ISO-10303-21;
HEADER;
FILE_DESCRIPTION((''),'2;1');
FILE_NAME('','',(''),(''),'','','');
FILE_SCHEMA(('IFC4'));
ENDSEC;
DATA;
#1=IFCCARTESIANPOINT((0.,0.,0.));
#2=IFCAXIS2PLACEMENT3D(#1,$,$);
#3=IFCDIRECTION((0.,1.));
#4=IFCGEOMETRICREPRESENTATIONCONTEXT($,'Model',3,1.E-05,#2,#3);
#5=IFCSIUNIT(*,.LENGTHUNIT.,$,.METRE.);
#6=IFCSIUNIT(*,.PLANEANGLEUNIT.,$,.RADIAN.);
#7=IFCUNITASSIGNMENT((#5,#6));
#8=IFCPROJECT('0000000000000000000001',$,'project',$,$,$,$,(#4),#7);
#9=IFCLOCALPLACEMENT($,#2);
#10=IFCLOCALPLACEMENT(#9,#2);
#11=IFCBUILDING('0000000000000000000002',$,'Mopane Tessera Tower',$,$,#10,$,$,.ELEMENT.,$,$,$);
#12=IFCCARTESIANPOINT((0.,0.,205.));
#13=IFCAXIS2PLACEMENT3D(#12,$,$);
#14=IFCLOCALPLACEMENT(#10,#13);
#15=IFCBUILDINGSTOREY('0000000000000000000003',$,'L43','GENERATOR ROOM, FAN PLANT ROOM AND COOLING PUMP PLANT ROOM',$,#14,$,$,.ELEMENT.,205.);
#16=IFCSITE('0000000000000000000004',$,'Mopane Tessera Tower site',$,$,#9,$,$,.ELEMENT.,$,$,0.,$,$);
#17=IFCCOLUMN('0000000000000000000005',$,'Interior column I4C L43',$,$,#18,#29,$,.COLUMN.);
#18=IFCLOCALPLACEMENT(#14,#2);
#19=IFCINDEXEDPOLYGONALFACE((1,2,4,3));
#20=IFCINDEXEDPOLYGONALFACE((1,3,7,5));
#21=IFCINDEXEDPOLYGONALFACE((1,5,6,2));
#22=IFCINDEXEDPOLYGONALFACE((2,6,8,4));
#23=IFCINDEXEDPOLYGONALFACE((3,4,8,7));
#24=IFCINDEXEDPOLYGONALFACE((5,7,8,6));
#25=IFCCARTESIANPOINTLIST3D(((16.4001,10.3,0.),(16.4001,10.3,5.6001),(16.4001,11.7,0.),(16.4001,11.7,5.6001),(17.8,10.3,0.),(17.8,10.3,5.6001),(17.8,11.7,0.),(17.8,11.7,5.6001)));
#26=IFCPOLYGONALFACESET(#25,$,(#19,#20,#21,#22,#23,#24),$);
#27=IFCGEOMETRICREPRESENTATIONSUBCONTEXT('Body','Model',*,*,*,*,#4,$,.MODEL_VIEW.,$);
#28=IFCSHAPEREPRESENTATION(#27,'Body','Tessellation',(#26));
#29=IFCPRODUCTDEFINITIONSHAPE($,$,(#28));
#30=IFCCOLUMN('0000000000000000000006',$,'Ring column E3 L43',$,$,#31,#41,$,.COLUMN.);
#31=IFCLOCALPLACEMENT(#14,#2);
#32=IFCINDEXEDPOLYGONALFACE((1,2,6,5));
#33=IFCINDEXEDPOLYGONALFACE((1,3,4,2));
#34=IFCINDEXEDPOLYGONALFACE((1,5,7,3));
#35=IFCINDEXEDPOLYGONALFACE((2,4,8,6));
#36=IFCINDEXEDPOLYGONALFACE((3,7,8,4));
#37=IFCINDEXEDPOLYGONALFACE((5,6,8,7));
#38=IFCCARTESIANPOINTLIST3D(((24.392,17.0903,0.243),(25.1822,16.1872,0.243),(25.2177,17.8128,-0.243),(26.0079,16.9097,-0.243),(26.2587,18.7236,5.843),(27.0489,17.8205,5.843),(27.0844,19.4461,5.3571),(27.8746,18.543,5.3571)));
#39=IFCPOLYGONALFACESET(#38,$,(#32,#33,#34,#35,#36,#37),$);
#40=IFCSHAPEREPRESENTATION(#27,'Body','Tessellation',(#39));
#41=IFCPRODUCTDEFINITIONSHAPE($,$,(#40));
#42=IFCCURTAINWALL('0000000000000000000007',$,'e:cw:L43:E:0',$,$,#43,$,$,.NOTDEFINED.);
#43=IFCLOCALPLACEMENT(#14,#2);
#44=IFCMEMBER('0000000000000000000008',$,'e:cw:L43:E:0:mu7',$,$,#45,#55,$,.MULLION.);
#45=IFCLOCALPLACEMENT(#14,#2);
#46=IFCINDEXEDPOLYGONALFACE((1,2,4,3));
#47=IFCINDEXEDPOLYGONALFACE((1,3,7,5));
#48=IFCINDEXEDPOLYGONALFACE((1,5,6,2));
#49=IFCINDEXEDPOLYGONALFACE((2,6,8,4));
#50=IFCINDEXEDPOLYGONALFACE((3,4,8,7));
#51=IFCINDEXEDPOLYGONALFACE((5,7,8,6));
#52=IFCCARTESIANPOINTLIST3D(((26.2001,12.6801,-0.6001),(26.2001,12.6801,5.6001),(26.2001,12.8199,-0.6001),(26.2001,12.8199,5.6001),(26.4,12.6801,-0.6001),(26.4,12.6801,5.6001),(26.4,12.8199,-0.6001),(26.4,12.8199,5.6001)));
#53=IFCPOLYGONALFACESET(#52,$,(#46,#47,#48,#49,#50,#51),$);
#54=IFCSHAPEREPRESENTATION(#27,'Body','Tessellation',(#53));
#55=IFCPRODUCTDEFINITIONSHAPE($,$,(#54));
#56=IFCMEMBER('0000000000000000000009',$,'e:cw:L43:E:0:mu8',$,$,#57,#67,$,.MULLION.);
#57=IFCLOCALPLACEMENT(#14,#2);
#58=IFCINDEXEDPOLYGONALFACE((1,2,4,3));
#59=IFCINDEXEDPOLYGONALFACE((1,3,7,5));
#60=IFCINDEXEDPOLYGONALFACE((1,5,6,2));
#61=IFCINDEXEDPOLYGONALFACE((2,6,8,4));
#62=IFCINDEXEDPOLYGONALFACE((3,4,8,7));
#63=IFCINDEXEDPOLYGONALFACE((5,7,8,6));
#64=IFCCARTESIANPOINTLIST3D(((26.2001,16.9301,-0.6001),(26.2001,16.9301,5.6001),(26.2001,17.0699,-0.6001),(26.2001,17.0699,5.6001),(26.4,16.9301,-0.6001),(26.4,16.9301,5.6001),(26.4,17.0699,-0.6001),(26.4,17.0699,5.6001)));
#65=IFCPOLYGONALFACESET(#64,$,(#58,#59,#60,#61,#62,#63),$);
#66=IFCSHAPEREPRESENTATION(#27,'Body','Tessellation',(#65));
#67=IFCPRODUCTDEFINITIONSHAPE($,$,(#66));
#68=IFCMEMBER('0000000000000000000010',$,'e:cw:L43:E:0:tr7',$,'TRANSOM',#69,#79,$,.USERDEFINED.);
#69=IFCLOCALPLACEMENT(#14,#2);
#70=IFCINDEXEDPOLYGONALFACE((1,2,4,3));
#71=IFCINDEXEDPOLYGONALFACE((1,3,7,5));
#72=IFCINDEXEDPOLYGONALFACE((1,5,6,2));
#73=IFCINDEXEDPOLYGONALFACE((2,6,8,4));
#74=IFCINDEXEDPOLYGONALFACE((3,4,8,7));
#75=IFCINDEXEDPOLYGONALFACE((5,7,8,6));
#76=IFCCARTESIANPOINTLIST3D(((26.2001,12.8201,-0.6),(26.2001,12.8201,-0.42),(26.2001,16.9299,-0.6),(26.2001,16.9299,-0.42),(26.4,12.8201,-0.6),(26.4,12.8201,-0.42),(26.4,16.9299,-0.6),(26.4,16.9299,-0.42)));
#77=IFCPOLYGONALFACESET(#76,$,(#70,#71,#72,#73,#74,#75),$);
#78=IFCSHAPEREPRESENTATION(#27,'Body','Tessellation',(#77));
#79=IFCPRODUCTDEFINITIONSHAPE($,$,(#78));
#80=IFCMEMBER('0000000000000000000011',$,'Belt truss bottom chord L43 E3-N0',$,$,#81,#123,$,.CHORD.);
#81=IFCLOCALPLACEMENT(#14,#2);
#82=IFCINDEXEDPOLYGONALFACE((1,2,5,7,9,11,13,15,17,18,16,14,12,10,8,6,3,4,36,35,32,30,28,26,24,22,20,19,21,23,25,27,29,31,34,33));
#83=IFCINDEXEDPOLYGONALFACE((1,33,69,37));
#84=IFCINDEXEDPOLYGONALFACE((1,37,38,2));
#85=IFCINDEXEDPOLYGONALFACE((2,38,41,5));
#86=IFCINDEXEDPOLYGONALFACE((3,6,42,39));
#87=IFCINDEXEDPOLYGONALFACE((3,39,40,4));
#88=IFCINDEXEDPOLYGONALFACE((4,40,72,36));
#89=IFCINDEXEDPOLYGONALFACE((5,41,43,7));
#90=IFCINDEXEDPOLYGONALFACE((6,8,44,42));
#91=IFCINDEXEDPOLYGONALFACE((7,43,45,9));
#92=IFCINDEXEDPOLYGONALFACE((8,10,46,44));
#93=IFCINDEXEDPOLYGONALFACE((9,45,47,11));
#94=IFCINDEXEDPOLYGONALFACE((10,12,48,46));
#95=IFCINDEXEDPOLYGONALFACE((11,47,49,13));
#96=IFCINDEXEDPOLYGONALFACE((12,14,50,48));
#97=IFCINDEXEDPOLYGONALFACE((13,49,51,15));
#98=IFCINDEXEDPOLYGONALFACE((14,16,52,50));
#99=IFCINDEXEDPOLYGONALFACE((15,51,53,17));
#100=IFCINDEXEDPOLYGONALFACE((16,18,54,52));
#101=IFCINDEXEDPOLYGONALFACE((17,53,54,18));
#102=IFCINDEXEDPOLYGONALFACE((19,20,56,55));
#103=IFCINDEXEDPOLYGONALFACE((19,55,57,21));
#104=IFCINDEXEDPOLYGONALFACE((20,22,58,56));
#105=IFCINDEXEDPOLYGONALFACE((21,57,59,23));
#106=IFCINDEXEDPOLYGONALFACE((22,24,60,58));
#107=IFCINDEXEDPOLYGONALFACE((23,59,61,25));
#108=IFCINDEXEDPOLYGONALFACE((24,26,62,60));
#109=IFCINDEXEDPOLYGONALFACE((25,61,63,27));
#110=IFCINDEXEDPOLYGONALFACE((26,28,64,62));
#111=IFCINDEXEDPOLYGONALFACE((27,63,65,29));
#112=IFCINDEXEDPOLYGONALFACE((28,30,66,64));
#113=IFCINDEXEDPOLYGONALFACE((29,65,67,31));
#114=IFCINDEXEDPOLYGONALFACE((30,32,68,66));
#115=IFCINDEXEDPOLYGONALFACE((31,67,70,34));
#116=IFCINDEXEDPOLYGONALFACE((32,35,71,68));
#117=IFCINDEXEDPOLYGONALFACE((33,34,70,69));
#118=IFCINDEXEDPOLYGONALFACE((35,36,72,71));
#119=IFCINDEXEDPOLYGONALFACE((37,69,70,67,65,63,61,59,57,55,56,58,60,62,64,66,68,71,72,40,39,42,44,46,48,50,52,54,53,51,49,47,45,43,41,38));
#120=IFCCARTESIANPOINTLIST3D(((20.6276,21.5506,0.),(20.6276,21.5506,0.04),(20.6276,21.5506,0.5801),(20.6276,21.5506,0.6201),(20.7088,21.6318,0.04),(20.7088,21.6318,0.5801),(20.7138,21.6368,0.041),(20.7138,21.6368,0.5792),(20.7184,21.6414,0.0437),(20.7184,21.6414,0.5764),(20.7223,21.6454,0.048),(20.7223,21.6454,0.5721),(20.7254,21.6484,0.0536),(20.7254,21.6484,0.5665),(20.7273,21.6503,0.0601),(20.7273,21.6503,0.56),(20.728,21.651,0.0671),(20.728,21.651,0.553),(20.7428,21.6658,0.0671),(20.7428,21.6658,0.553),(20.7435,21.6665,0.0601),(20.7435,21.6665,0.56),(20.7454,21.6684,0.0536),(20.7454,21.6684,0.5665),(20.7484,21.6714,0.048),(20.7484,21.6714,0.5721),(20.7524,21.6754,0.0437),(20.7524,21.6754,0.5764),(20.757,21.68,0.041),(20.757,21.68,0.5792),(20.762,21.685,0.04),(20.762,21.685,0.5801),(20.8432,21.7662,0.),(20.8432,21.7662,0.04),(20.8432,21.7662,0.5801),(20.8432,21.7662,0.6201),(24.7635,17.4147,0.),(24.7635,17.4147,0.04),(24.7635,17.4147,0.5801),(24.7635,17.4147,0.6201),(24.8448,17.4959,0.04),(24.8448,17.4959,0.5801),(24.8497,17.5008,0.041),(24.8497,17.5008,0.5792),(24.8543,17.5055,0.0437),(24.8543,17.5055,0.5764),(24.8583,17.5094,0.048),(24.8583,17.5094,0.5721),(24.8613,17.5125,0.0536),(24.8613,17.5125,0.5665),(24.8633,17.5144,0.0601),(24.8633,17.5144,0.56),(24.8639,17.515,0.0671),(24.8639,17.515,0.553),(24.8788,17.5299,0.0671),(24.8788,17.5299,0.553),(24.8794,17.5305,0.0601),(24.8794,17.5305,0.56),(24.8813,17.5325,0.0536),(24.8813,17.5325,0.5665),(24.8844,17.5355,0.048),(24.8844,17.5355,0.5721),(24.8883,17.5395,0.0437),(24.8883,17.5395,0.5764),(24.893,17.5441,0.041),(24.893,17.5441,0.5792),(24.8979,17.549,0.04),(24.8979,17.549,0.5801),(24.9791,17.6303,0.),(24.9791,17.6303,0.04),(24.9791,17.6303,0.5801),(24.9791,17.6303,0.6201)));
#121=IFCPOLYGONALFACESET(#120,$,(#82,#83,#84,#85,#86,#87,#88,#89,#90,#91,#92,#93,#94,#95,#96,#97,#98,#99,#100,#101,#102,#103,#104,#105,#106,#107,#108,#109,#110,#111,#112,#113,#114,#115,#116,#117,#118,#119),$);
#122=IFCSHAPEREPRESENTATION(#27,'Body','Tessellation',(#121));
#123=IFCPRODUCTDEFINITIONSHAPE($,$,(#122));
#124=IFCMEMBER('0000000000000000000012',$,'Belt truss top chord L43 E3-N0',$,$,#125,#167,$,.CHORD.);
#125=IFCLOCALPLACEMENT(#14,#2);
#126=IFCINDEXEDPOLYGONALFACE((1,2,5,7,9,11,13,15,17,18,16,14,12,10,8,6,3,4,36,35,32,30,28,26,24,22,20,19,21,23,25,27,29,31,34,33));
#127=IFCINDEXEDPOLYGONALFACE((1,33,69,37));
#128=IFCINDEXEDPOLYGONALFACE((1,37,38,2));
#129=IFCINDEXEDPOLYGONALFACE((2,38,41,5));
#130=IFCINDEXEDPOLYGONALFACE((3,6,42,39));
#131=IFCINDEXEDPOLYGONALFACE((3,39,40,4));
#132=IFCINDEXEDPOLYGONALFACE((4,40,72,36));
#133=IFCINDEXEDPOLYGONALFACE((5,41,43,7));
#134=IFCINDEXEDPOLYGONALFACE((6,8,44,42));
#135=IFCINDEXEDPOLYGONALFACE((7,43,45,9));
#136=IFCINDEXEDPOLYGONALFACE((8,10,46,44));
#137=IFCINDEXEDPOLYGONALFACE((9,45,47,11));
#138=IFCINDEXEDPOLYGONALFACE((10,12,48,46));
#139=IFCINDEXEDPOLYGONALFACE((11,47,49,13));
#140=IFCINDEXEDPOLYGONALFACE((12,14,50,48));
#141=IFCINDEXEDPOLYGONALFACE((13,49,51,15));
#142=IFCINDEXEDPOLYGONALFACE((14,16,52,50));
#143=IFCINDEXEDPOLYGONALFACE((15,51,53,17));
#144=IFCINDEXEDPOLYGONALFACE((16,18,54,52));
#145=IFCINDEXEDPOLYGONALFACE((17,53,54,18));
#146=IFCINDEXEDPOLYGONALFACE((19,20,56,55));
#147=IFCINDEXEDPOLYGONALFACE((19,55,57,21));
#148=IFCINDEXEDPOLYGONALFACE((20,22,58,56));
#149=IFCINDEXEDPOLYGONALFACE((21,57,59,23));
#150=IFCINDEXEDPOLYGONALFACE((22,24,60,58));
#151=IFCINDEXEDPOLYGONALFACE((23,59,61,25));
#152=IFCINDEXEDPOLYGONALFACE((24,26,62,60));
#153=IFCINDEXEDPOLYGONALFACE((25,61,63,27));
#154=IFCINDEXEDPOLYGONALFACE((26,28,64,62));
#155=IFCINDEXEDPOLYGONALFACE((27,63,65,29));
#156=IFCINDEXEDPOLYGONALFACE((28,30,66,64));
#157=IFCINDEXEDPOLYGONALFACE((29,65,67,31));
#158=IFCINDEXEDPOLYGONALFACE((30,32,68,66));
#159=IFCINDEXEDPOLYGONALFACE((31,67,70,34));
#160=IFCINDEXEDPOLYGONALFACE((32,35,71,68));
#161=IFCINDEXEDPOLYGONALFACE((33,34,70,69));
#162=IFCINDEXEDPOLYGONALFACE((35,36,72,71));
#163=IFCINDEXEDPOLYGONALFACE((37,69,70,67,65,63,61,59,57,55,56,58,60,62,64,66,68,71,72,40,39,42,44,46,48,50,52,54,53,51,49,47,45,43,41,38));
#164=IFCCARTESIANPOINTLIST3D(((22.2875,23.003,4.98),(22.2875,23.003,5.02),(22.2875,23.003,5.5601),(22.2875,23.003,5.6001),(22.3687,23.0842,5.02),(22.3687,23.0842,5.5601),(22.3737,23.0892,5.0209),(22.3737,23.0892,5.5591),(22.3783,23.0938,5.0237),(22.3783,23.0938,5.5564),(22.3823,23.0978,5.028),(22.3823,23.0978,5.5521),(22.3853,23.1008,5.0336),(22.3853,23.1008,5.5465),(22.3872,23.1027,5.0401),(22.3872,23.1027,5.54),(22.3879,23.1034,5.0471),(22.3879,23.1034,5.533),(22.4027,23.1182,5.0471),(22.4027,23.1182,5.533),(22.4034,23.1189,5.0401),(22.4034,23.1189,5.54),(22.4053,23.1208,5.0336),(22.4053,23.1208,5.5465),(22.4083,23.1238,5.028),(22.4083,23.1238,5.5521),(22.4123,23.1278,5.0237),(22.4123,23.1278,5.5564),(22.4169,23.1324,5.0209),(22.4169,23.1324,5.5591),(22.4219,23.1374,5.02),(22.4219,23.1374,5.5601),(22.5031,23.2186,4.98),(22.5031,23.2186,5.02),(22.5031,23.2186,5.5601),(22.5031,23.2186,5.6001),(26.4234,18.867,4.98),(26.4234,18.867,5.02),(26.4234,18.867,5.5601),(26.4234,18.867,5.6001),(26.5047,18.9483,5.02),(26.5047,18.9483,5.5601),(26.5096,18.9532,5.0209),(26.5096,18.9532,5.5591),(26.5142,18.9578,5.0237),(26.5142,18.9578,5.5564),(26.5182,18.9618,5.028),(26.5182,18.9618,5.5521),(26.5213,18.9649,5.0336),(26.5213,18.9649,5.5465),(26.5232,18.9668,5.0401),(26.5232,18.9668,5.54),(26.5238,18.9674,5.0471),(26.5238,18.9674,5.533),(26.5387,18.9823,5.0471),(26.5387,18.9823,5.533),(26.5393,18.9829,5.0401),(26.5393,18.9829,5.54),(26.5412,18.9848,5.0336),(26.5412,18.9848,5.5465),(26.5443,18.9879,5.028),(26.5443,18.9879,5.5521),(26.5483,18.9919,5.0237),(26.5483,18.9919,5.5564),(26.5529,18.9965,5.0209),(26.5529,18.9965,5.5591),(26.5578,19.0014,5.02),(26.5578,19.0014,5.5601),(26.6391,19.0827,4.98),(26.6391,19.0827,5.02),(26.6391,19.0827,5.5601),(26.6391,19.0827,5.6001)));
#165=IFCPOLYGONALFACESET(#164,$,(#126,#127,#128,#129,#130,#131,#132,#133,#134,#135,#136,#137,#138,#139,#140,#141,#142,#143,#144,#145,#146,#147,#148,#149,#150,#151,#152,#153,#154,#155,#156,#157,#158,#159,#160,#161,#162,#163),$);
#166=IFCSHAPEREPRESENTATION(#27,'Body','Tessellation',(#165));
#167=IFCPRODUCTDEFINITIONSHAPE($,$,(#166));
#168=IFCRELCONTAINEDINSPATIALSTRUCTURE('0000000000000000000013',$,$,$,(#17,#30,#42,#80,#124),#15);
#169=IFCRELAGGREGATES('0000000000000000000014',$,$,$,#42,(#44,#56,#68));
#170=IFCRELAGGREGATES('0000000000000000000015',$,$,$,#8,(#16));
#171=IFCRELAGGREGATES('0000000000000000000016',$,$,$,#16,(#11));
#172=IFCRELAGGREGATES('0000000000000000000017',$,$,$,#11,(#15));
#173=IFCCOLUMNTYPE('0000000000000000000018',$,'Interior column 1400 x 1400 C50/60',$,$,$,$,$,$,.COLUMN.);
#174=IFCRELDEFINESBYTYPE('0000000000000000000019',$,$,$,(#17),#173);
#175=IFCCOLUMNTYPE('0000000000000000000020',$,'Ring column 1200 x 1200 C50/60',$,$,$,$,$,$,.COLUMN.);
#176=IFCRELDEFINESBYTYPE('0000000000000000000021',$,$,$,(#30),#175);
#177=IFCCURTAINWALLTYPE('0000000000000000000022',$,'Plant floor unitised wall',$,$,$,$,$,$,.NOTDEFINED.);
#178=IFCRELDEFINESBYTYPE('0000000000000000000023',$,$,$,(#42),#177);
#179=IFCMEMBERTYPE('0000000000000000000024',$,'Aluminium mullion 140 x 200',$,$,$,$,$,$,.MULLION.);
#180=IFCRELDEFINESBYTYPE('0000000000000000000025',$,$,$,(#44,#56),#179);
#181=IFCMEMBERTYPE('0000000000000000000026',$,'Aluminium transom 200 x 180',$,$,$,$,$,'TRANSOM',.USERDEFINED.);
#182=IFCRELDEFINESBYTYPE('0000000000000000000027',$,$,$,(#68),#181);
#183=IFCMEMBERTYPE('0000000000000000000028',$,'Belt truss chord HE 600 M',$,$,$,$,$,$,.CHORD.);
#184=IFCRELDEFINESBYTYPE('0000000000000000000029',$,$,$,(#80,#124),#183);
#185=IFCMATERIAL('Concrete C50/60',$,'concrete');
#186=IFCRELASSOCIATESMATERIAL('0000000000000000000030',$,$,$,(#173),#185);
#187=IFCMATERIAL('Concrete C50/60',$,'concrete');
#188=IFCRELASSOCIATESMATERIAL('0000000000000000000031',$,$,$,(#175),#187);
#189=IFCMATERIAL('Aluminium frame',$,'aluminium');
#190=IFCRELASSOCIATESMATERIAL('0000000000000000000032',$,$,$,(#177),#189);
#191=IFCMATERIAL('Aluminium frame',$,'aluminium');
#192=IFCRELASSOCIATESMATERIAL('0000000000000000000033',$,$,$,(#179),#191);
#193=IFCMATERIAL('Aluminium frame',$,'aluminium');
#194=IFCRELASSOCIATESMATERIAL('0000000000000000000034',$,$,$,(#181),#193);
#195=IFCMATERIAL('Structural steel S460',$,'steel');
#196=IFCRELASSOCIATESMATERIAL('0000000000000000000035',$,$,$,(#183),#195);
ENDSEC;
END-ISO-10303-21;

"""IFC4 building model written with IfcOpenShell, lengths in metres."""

from ifc_helpers import new_model, si_unit, direction, frame, origin, origin_2d, place, context, subcontext, project, spatial, rectangle, i_section, extrude, material, material_profile, profile_set, type_object, element, aggregate, save


model = new_model("IFC4")

# Units and contexts
model_context = context("Model", 3, precision=1e-05, world=origin(), true_north=direction((0.0, 1.0)))
body_context = subcontext(model_context, "Body", "Model", "MODEL_VIEW")
ifc_project = project(units=[si_unit("LENGTHUNIT", "METRE"), si_unit("PLANEANGLEUNIT", "RADIAN")], contexts=[model_context])

# Site, building, storey
site_placement = place(None, origin())
site = spatial("IfcSite", under=ifc_project, at=site_placement, Name="Mopane Tessera Tower site", CompositionType="ELEMENT", RefElevation=0.0)
building_placement = place(site_placement, origin())
building = spatial("IfcBuilding", under=site, at=building_placement, Name="Mopane Tessera Tower", CompositionType="ELEMENT")
storey_placement = place(building_placement, frame((0.0, 0.0, 205.0)))
storey = spatial("IfcBuildingStorey", under=building, at=storey_placement, Name="L43", Description="GENERATOR ROOM, FAN PLANT ROOM AND COOLING PUMP PLANT ROOM", CompositionType="ELEMENT", Elevation=205.0)

# Columns
ifc_material_1 = material(Name="Concrete C50/60", Category="concrete")
ifc_material_profile_1 = material_profile(ifc_material_1, rectangle(XDim=1.3999, YDim=1.3999, at=origin_2d()))
ifc_profile_set_1 = profile_set([ifc_material_profile_1], Name="Concrete C50/60")
column_type_1 = type_object("IfcColumnType", Name="Interior column 1400 x 1400 C50/60", PredefinedType="COLUMN", material=ifc_profile_set_1)
column_1_placement = place(storey_placement, frame((17.1001, 11.0, 0.0), z_axis=(0.0, 0.0, 1.0), x_axis=(1.0, 0.0, 0.0)))
element("IfcColumn", 1, at=column_1_placement, inside=storey, type_object=column_type_1, Name="Interior column I4C L43", PredefinedType="COLUMN", context=body_context, shape_type="SweptSolid", body=[
    extrude(rectangle(XDim=1.3999, YDim=1.3999, at=origin_2d()), origin(), (0.0, 0.0, 1.0), 5.6001),
])
ifc_material_2 = material(Name="Concrete C50/60", Category="concrete")
ifc_material_profile_2 = material_profile(ifc_material_2, rectangle(XDim=1.2, YDim=1.2, at=origin_2d()))
ifc_profile_set_2 = profile_set([ifc_material_profile_2], Name="Concrete C50/60")
column_type_2 = type_object("IfcColumnType", Name="Ring column 1200 x 1200 C50/60", PredefinedType="COLUMN", material=ifc_profile_set_2)
column_2_placement = place(storey_placement, frame((25.2, 17.0, 0.0), z_axis=(0.304777, 0.26667, 0.91433), x_axis=(-0.658491, 0.752589, 0.0)))
element("IfcColumn", 2, at=column_2_placement, inside=storey, type_object=column_type_2, Name="Ring column E3 L43", PredefinedType="COLUMN", context=body_context, shape_type="SweptSolid", body=[
    extrude(rectangle(XDim=1.2, YDim=1.2, at=origin_2d()), origin(), (0.0, 0.0, 1.0), 6.1248),
])

# Curtain wall, members
ifc_material_3 = material(Name="Aluminium frame", Category="aluminium")
curtain_wall_type = type_object("IfcCurtainWallType", Name="Plant floor unitised wall", PredefinedType="NOTDEFINED", material=ifc_material_3)
curtain_wall_placement = place(storey_placement, origin())
curtain_wall = element("IfcCurtainWall", 3, at=curtain_wall_placement, inside=storey, type_object=curtain_wall_type, Name="e:cw:L43:E:0", PredefinedType="NOTDEFINED")
ifc_material_4 = material(Name="Aluminium frame", Category="aluminium")
ifc_material_profile_3 = material_profile(ifc_material_4, rectangle(XDim=0.1399, YDim=0.2, at=origin_2d()))
ifc_profile_set_3 = profile_set([ifc_material_profile_3], Name="Aluminium frame")
member_type_1 = type_object("IfcMemberType", Name="Aluminium mullion 140 x 200", PredefinedType="MULLION", material=ifc_profile_set_3)
member_1_placement = place(storey_placement, frame((26.3, 12.75, -0.6001), z_axis=(0.0, 0.0, 1.0), x_axis=(0.0, 1.0, 0.0)))
member_1 = element("IfcMember", 4, at=member_1_placement, type_object=member_type_1, Name="e:cw:L43:E:0:mu7", PredefinedType="MULLION", context=body_context, shape_type="SweptSolid", body=[
    extrude(rectangle(XDim=0.1399, YDim=0.2, at=origin_2d()), origin(), (0.0, 0.0, 1.0), 6.2002),
])
member_2_placement = place(storey_placement, frame((26.3, 17.0, -0.6001), z_axis=(0.0, 0.0, 1.0), x_axis=(0.0, 1.0, 0.0)))
member_2 = element("IfcMember", 5, at=member_2_placement, type_object=member_type_1, Name="e:cw:L43:E:0:mu8", PredefinedType="MULLION", context=body_context, shape_type="SweptSolid", body=[
    extrude(rectangle(XDim=0.1399, YDim=0.2, at=origin_2d()), origin(), (0.0, 0.0, 1.0), 6.2002),
])
ifc_material_5 = material(Name="Aluminium frame", Category="aluminium")
ifc_material_profile_4 = material_profile(ifc_material_5, rectangle(XDim=0.2, YDim=0.1799, at=origin_2d()))
ifc_profile_set_4 = profile_set([ifc_material_profile_4], Name="Aluminium frame")
member_type_2 = type_object("IfcMemberType", Name="Aluminium transom 200 x 180", ElementType="TRANSOM", PredefinedType="USERDEFINED", material=ifc_profile_set_4)
member_3_placement = place(storey_placement, frame((26.3, 12.8201, -0.51), z_axis=(0.0, 1.0, 0.0), x_axis=(-1.0, 0.0, 0.0)))
member_3 = element("IfcMember", 6, at=member_3_placement, type_object=member_type_2, Name="e:cw:L43:E:0:tr7", ObjectType="TRANSOM", PredefinedType="USERDEFINED", context=body_context, shape_type="SweptSolid", body=[
    extrude(rectangle(XDim=0.2, YDim=0.1799, at=origin_2d()), origin(), (0.0, 0.0, 1.0), 4.1099),
])

# Members
ifc_material_6 = material(Name="Structural steel S460", Category="steel")
ifc_material_profile_5 = material_profile(ifc_material_6, i_section(OverallWidth=0.3049, OverallDepth=0.6201, WebThickness=0.021, FlangeThickness=0.04, FilletRadius=0.0271, at=origin_2d()))
ifc_profile_set_5 = profile_set([ifc_material_profile_5], Name="Structural steel S460")
member_type_3 = type_object("IfcMemberType", Name="Belt truss chord HE 600 M", PredefinedType="CHORD", material=ifc_profile_set_5)
for number, where, z_axis, x_axis, name in (
    (7, (24.8713, 17.5225, 0.3101), (-0.707107, 0.707107, 0.0), (-0.707107, -0.707107, 0.0), "Belt truss bottom chord L43 E3-N0"),
    (8, (26.5312, 18.9749, 5.29), (-0.707107, 0.707107, 0.0), (-0.707107, -0.707107, 0.0), "Belt truss top chord L43 E3-N0"),
):
    element("IfcMember", number, at=place(storey_placement, frame(where, z_axis=z_axis, x_axis=x_axis)), inside=storey, type_object=member_type_3, Name=name, PredefinedType="CHORD", context=body_context, shape_type="SweptSolid", body=[
        extrude(i_section(OverallWidth=0.3049, OverallDepth=0.6201, WebThickness=0.021, FlangeThickness=0.04, FilletRadius=0.0271, at=origin_2d()), origin(), (0.0, 0.0, 1.0), 5.8491),
    ])

aggregate(curtain_wall, [member_1, member_2, member_3])

save(model, "model.ifc")
